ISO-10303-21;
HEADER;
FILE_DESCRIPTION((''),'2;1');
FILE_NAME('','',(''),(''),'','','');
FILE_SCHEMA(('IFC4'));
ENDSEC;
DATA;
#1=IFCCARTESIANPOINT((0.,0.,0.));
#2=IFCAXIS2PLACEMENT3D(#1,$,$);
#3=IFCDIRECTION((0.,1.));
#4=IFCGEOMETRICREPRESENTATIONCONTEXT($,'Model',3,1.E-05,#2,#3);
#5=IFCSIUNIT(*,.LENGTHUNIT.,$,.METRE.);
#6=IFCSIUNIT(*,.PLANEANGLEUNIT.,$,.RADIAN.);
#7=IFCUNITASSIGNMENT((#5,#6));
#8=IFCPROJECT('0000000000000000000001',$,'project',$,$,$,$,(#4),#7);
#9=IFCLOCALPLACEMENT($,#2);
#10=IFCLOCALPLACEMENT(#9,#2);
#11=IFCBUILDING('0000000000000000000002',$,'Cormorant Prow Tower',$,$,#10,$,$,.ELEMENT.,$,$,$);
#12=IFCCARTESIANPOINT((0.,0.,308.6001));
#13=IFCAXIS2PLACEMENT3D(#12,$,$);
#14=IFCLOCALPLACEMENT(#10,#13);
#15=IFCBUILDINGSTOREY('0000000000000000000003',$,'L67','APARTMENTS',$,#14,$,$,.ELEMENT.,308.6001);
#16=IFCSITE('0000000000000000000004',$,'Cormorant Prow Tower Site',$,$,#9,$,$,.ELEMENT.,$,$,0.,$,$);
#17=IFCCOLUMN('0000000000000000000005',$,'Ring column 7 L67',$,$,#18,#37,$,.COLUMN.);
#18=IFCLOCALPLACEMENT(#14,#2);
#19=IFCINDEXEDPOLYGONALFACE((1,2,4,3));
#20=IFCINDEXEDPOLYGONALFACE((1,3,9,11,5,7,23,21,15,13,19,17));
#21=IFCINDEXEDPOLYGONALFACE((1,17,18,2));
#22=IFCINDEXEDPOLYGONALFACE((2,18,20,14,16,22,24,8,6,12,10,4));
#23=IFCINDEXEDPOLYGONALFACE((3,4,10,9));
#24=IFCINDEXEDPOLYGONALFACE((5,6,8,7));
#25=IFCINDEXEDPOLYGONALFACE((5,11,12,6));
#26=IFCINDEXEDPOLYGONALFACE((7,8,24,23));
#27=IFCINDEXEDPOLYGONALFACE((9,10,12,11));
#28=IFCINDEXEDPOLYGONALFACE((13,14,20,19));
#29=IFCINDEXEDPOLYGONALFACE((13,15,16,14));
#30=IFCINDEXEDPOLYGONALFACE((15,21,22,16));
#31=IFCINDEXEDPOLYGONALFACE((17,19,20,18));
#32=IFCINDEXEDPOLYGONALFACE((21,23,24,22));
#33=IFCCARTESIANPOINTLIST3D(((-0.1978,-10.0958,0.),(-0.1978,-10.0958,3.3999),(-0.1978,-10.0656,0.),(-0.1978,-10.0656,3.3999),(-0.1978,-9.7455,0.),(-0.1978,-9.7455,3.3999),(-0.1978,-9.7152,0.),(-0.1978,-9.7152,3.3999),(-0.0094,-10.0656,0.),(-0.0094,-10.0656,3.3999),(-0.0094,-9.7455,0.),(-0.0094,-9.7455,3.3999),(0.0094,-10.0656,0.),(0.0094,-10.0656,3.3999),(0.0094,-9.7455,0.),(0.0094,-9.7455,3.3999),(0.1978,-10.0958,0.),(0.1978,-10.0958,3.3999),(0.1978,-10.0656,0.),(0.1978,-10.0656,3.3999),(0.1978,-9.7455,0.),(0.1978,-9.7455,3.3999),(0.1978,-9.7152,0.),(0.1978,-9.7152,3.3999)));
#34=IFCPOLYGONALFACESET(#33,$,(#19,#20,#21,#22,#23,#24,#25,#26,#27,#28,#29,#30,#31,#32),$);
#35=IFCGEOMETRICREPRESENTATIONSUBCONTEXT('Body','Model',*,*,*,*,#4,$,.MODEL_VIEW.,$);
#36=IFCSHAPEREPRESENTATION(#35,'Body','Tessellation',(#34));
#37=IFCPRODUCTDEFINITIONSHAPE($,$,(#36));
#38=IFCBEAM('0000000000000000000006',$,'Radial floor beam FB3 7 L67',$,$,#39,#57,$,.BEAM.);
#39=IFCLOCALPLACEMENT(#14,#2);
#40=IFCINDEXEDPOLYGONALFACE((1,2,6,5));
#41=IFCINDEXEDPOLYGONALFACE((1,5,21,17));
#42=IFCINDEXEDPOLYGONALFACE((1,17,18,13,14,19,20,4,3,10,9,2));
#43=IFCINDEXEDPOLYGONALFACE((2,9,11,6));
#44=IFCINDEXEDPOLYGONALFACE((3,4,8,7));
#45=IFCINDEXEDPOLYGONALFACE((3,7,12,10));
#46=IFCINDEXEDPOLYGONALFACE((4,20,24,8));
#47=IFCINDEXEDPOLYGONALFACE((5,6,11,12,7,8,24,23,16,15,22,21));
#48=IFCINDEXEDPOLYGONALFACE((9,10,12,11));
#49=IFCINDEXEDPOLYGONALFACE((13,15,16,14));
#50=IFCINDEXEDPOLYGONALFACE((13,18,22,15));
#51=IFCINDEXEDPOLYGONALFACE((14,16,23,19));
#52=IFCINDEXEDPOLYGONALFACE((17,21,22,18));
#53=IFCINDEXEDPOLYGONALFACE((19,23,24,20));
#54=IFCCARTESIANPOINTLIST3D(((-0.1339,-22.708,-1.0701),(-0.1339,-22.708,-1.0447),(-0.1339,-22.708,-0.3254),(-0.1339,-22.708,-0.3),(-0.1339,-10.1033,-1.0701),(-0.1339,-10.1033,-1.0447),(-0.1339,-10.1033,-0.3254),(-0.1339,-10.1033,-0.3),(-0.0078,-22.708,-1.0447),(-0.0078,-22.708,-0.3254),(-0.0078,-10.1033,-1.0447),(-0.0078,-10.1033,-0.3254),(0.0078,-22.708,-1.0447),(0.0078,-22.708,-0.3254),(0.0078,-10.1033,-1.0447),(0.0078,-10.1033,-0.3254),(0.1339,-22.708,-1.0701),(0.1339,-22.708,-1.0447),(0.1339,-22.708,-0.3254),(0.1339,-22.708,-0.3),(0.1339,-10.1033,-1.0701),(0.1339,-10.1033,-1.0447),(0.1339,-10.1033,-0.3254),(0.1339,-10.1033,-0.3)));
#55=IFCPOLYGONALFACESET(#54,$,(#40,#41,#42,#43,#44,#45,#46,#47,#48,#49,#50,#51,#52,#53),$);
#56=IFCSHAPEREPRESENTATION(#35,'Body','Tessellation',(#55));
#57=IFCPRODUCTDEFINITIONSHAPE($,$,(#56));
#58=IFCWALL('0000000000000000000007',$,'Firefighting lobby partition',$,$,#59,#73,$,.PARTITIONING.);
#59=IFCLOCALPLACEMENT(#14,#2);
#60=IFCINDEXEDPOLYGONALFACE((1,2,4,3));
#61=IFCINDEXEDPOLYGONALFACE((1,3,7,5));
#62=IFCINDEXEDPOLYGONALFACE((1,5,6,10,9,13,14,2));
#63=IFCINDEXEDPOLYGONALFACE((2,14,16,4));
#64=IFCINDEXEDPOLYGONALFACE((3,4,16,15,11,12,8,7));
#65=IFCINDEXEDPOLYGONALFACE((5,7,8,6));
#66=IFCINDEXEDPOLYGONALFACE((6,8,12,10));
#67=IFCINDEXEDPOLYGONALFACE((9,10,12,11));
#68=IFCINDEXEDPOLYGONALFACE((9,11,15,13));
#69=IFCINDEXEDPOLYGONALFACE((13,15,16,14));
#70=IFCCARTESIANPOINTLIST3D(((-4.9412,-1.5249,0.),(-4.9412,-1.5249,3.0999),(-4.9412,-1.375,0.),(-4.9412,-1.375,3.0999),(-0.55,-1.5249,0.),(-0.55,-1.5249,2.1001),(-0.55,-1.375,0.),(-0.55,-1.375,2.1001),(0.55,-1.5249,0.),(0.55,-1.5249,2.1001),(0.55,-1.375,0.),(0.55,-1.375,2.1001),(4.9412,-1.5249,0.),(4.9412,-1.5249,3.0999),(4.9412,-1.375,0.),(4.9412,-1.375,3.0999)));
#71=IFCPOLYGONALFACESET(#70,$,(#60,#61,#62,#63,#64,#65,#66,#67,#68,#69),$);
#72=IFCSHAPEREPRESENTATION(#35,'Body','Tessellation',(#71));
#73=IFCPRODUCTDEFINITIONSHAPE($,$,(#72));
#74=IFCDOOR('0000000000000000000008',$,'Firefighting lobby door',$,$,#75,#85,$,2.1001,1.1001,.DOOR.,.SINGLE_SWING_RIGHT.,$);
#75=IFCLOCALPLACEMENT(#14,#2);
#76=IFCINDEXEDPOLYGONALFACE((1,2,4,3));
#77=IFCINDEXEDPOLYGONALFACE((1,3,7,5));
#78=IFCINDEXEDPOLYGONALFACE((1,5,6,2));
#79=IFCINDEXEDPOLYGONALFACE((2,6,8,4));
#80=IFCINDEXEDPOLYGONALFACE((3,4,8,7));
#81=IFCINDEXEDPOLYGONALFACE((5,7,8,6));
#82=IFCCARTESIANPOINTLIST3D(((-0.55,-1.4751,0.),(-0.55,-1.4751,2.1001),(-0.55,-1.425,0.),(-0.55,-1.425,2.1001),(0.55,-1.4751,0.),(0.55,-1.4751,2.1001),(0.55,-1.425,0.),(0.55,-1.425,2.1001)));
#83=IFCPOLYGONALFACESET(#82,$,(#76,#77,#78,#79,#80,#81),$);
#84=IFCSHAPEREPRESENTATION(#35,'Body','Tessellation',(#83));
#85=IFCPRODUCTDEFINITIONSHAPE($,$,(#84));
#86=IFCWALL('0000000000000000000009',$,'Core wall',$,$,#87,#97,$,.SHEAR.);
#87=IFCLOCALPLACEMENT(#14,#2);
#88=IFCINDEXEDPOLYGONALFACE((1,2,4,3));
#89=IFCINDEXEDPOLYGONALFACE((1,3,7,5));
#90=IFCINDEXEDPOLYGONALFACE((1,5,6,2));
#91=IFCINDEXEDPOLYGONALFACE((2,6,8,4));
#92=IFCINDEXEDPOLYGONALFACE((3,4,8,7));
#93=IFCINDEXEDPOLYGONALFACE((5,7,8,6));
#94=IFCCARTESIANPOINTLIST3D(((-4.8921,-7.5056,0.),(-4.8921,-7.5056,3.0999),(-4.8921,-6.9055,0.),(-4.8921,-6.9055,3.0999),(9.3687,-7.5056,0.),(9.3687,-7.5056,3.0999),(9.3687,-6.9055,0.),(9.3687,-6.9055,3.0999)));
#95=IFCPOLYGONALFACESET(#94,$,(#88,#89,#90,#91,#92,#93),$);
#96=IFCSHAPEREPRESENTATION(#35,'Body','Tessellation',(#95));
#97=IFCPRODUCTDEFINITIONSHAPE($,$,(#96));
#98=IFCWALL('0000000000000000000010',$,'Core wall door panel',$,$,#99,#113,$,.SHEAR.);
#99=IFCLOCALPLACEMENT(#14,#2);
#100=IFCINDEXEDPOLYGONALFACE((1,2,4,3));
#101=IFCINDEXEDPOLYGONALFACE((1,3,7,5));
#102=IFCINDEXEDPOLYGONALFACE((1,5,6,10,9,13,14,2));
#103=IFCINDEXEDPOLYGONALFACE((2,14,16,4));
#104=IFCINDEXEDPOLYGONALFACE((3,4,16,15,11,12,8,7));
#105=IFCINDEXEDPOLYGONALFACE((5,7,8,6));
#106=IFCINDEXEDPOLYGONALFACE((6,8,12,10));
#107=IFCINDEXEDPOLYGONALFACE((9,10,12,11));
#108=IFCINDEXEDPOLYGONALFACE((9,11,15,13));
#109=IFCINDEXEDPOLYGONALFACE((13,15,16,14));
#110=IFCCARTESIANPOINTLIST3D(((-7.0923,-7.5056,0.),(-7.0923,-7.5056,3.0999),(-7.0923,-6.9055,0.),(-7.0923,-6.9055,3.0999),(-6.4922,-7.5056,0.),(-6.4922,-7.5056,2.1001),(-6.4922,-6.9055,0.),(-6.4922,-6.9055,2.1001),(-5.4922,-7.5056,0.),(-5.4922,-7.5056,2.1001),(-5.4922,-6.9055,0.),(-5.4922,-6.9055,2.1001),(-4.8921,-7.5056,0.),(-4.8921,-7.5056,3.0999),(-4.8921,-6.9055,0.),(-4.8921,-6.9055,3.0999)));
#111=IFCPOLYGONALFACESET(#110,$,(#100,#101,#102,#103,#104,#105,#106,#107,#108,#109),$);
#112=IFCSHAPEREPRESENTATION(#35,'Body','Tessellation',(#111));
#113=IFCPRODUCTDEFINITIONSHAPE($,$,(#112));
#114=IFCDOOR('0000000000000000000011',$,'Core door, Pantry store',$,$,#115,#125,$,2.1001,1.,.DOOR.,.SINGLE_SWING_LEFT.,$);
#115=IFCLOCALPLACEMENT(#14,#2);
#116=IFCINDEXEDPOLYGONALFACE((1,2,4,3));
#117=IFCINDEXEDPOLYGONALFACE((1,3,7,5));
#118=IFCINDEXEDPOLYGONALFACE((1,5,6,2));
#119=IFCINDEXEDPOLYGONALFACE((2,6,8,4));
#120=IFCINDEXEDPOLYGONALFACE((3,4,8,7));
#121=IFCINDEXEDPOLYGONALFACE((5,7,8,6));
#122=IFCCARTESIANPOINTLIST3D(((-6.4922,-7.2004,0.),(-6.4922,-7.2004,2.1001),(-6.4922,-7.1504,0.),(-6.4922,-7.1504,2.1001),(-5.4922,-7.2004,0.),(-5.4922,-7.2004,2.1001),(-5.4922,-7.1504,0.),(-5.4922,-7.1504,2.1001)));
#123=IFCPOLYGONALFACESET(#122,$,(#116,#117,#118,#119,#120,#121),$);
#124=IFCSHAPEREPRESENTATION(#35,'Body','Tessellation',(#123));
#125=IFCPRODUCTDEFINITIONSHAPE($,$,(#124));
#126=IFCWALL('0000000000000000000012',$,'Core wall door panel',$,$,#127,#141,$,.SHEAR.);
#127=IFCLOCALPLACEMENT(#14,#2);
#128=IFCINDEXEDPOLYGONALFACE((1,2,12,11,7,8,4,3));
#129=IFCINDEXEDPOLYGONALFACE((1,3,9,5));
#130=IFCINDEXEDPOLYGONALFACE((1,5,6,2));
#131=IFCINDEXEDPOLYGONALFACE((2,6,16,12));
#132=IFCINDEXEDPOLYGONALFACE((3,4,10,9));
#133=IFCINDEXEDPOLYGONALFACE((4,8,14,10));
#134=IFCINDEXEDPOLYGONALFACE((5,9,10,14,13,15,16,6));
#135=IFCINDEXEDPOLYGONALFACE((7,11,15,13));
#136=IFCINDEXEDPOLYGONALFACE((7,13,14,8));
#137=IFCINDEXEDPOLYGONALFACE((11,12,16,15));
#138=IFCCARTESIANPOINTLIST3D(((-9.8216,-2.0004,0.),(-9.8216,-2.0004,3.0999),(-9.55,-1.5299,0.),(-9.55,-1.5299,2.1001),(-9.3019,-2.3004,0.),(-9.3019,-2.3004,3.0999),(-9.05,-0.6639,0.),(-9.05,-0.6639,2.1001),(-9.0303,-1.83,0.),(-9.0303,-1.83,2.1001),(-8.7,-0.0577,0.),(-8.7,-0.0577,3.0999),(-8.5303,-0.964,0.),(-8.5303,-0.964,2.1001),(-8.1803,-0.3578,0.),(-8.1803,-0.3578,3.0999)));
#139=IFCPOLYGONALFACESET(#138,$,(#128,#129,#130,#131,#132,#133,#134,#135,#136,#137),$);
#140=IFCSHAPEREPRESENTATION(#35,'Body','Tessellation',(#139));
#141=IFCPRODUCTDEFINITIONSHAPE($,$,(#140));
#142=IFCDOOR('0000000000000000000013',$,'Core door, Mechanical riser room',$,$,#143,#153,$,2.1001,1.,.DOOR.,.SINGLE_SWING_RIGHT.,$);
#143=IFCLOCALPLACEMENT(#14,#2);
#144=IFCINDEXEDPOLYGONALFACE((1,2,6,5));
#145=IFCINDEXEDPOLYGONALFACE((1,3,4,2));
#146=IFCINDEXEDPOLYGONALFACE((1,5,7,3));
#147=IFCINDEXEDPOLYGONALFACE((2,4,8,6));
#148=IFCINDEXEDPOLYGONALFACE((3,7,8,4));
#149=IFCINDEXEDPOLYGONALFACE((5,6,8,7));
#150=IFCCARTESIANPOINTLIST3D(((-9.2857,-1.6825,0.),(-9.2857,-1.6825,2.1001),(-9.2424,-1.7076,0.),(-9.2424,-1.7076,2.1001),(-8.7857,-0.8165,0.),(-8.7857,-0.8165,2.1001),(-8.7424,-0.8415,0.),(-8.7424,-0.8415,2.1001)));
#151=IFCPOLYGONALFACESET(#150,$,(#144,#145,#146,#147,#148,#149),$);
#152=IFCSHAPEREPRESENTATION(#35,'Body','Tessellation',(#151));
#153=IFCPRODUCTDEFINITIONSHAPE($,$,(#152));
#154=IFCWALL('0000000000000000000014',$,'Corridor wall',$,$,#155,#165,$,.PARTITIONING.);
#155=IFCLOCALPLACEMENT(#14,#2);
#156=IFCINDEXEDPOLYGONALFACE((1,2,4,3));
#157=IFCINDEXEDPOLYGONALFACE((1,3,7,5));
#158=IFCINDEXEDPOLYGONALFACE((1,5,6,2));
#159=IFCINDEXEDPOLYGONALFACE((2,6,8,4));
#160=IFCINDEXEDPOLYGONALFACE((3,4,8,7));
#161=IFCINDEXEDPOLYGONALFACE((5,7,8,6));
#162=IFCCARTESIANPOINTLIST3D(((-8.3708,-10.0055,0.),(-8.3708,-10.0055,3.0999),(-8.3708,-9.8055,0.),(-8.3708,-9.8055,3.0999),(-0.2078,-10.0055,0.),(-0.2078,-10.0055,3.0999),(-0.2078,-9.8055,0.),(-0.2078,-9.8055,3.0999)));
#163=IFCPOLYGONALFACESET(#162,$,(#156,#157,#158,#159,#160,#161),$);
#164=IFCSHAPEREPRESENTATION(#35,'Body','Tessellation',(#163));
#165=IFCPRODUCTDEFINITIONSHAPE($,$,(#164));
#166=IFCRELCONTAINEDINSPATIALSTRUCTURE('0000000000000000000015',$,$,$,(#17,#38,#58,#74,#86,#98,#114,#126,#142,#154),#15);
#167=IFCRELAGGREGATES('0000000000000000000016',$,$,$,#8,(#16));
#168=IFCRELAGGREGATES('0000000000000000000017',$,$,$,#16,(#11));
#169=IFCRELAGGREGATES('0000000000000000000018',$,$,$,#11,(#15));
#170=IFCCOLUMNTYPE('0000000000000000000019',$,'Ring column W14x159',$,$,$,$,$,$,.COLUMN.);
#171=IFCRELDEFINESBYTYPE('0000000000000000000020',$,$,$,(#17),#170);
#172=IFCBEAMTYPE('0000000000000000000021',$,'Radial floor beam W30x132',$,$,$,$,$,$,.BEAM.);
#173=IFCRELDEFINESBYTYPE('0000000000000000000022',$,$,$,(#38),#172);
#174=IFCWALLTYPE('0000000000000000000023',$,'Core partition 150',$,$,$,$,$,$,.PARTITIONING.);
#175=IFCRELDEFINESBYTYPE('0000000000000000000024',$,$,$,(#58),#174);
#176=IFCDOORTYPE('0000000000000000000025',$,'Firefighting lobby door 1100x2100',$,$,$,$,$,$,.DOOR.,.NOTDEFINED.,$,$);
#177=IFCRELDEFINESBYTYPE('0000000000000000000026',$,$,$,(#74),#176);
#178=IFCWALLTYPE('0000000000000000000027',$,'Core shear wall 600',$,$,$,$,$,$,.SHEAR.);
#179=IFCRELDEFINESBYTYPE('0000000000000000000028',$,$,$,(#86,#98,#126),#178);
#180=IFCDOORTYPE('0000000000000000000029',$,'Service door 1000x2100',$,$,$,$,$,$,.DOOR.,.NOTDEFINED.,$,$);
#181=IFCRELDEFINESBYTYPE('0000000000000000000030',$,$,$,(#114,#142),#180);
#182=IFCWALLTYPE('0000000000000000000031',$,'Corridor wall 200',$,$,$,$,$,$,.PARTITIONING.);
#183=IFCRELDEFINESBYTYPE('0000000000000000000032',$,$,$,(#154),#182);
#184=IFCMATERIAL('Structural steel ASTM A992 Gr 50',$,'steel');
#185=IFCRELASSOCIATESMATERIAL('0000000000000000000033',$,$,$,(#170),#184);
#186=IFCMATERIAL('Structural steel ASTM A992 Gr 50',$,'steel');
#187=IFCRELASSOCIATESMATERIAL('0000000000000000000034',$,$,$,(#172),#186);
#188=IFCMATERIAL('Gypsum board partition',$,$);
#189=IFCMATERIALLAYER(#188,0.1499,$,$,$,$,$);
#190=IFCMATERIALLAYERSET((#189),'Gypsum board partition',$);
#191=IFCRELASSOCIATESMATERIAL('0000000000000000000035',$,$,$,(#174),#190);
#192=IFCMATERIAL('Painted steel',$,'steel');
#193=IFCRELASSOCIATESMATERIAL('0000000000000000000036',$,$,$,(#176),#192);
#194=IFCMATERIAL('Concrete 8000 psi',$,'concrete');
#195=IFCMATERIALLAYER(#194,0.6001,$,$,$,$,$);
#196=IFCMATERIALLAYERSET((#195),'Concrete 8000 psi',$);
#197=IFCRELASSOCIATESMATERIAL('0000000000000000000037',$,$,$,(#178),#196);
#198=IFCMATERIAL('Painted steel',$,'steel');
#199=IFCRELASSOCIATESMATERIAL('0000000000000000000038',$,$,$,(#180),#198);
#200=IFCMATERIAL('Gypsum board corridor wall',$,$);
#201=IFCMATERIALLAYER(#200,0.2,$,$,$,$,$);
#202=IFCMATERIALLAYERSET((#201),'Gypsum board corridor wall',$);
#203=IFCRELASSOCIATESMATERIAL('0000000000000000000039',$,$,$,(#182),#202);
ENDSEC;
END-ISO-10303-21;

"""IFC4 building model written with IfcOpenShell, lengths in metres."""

from ifc_helpers import new_model, si_unit, direction, frame, frame_2d, origin, origin_2d, place, context, subcontext, project, spatial, rectangle, i_section, extrude, material, layer, layer_set, material_profile, profile_set, type_object, element, fill, save


model = new_model("IFC4")

# Units and contexts
model_context = context("Model", 3, precision=1e-05, world=origin(), true_north=direction((0.0, 1.0)))
body_context = subcontext(model_context, "Body", "Model", "MODEL_VIEW")
ifc_project = project(units=[si_unit("LENGTHUNIT", "METRE"), si_unit("PLANEANGLEUNIT", "RADIAN")], contexts=[model_context])

# Site, building, storey
site_placement = place(None, origin())
site = spatial("IfcSite", under=ifc_project, at=site_placement, Name="Cormorant Prow Tower Site", CompositionType="ELEMENT", RefElevation=0.0)
building_placement = place(site_placement, origin())
building = spatial("IfcBuilding", under=site, at=building_placement, Name="Cormorant Prow Tower", CompositionType="ELEMENT")
storey_placement = place(building_placement, frame((0.0, 0.0, 308.6001)))
storey = spatial("IfcBuildingStorey", under=building, at=storey_placement, Name="L67", Description="APARTMENTS", CompositionType="ELEMENT", Elevation=308.6001)

# Column
ifc_material_1 = material(Name="Structural steel ASTM A992 Gr 50", Category="steel")
ifc_material_profile_1 = material_profile(ifc_material_1, i_section(OverallWidth=0.3955, OverallDepth=0.3806, WebThickness=0.0188, FlangeThickness=0.0303, at=origin_2d()), Name="W14x159")
ifc_profile_set_1 = profile_set([ifc_material_profile_1], Name="Structural steel ASTM A992 Gr 50")
column_type = type_object("IfcColumnType", Name="Ring column W14x159", PredefinedType="COLUMN", material=ifc_profile_set_1)
column_placement = place(storey_placement, frame((0.0, -9.9055, 0.0), z_axis=(0.0, 0.0, 1.0), x_axis=(1.0, 0.0, 0.0)))
element("IfcColumn", 1, at=column_placement, inside=storey, type_object=column_type, Name="Ring column 7 L67", PredefinedType="COLUMN", context=body_context, shape_type="SweptSolid", body=[
    extrude(i_section(OverallWidth=0.3955, OverallDepth=0.3806, WebThickness=0.0188, FlangeThickness=0.0303, at=origin_2d()), origin(), (0.0, 0.0, 1.0), 3.3999),
])

# Beam
ifc_material_2 = material(Name="Structural steel ASTM A992 Gr 50", Category="steel")
ifc_material_profile_2 = material_profile(ifc_material_2, i_section(OverallWidth=0.2678, OverallDepth=0.77, WebThickness=0.0156, FlangeThickness=0.0254, at=origin_2d()), Name="W30x132")
ifc_profile_set_2 = profile_set([ifc_material_profile_2], Name="Structural steel ASTM A992 Gr 50")
beam_type = type_object("IfcBeamType", Name="Radial floor beam W30x132", PredefinedType="BEAM", material=ifc_profile_set_2)
beam_placement = place(storey_placement, frame((0.0, -10.1033, -0.6851), z_axis=(0.0, -1.0, 0.0), x_axis=(1.0, 0.0, 0.0)))
element("IfcBeam", 2, at=beam_placement, inside=storey, type_object=beam_type, Name="Radial floor beam FB3 7 L67", PredefinedType="BEAM", context=body_context, shape_type="SweptSolid", body=[
    extrude(i_section(OverallWidth=0.2678, OverallDepth=0.77, WebThickness=0.0156, FlangeThickness=0.0254, at=origin_2d()), origin(), (0.0, 0.0, 1.0), 12.6047),
])

# Wall, opening, door
ifc_material_3 = material(Name="Gypsum board partition")
ifc_layer_1 = layer(ifc_material_3, 0.1499)
ifc_layer_set_1 = layer_set([ifc_layer_1], Name="Gypsum board partition")
wall_type_1 = type_object("IfcWallType", Name="Core partition 150", PredefinedType="PARTITIONING", material=ifc_layer_set_1)
wall_1_placement = place(storey_placement, frame((-4.9412, -1.45, 0.0), z_axis=(0.0, 0.0, 1.0), x_axis=(1.0, 0.0, 0.0)))
wall_1 = element("IfcWall", 3, at=wall_1_placement, inside=storey, type_object=wall_type_1, Name="Firefighting lobby partition", PredefinedType="PARTITIONING", context=body_context, shape_type="SweptSolid", body=[
    extrude(rectangle(XDim=9.8823, YDim=0.1499, at=frame_2d((4.9412, 0.0))), origin(), (0.0, 0.0, 1.0), 3.0999),
])
opening_1_placement = place(wall_1_placement, frame((4.3911, 0.0, 0.0)))
opening_1 = element("IfcOpeningElement", 4, at=opening_1_placement, cuts=wall_1, PredefinedType="OPENING", context=body_context, shape_type="SweptSolid", body=[
    extrude(rectangle(XDim=1.1001, YDim=2.1001, at=frame_2d((0.55, 1.05))), frame((0.0, 0.085, 0.0), z_axis=(0.0, -1.0, 0.0), x_axis=(1.0, 0.0, 0.0)), (0.0, 0.0, 1.0), 0.1699),
])
ifc_material_4 = material(Name="Painted steel", Category="steel")
door_type_1 = type_object("IfcDoorType", Name="Firefighting lobby door 1100x2100", OperationType="NOTDEFINED", PredefinedType="DOOR", material=ifc_material_4)
door_1_placement = place(opening_1_placement, origin())
door_1 = element("IfcDoor", 5, at=door_1_placement, inside=storey, type_object=door_type_1, Name="Firefighting lobby door", OperationType="SINGLE_SWING_RIGHT", OverallHeight=2.1001, OverallWidth=1.1001, PredefinedType="DOOR", context=body_context, shape_type="SweptSolid", body=[
    extrude(rectangle(XDim=1.1001, YDim=2.1001, at=frame_2d((0.55, 1.05))), frame((0.0, 0.0249, 0.0), z_axis=(0.0, -1.0, 0.0), x_axis=(1.0, 0.0, 0.0)), (0.0, 0.0, 1.0), 0.05),
])
fill(opening_1, door_1)

# Wall
ifc_material_5 = material(Name="Concrete 8000 psi", Category="concrete")
ifc_layer_2 = layer(ifc_material_5, 0.6001)
ifc_layer_set_2 = layer_set([ifc_layer_2], Name="Concrete 8000 psi")
wall_type_2 = type_object("IfcWallType", Name="Core shear wall 600", PredefinedType="SHEAR", material=ifc_layer_set_2)
wall_2_placement = place(storey_placement, frame((-4.8921, -7.2056, 0.0), z_axis=(0.0, 0.0, 1.0), x_axis=(1.0, 0.0, 0.0)))
element("IfcWall", 6, at=wall_2_placement, inside=storey, type_object=wall_type_2, Name="Core wall", PredefinedType="SHEAR", context=body_context, shape_type="SweptSolid", body=[
    extrude(rectangle(XDim=14.2607, YDim=0.6001, at=frame_2d((7.1304, 0.0))), origin(), (0.0, 0.0, 1.0), 3.0999),
])

# Walls, openings, doors
wall_3_placement = place(storey_placement, frame((-7.0923, -7.2056, 0.0), z_axis=(0.0, 0.0, 1.0), x_axis=(1.0, 0.0, 0.0)))
wall_3 = element("IfcWall", 7, at=wall_3_placement, inside=storey, type_object=wall_type_2, Name="Core wall door panel", PredefinedType="SHEAR", context=body_context, shape_type="SweptSolid", body=[
    extrude(rectangle(XDim=2.2002, YDim=0.6001, at=frame_2d((1.1001, 0.0))), origin(), (0.0, 0.0, 1.0), 3.0999),
])
opening_2_placement = place(wall_3_placement, frame((0.6001, 0.0, 0.0)))
opening_2 = element("IfcOpeningElement", 8, at=opening_2_placement, cuts=wall_3, PredefinedType="OPENING", context=body_context, shape_type="SweptSolid", body=[
    extrude(rectangle(XDim=1.0, YDim=2.1001, at=frame_2d((0.5, 1.05))), frame((0.0, 0.3101, 0.0), z_axis=(0.0, -1.0, 0.0), x_axis=(1.0, 0.0, 0.0)), (0.0, 0.0, 1.0), 0.6201),
])
ifc_material_6 = material(Name="Painted steel", Category="steel")
door_type_2 = type_object("IfcDoorType", Name="Service door 1000x2100", OperationType="NOTDEFINED", PredefinedType="DOOR", material=ifc_material_6)
door_2_placement = place(opening_2_placement, origin())
door_2 = element("IfcDoor", 9, at=door_2_placement, inside=storey, type_object=door_type_2, Name="Core door, Pantry store", OperationType="SINGLE_SWING_LEFT", OverallHeight=2.1001, OverallWidth=1.0, PredefinedType="DOOR", context=body_context, shape_type="SweptSolid", body=[
    extrude(rectangle(XDim=1.0, YDim=2.1001, at=frame_2d((0.5, 1.05))), frame((0.0, 0.0552, 0.0), z_axis=(0.0, -1.0, 0.0), x_axis=(1.0, 0.0, 0.0)), (0.0, 0.0, 1.0), 0.05),
])
fill(opening_2, door_2)
wall_4_placement = place(storey_placement, frame((-8.4402, -0.2078, 0.0), z_axis=(0.0, 0.0, 1.0), x_axis=(-0.500002, -0.866024, 0.0)))
wall_4 = element("IfcWall", 10, at=wall_4_placement, inside=storey, type_object=wall_type_2, Name="Core wall door panel", PredefinedType="SHEAR", context=body_context, shape_type="SweptSolid", body=[
    extrude(rectangle(XDim=2.2432, YDim=0.6001, at=frame_2d((1.1216, 0.0))), origin(), (0.0, 0.0, 1.0), 3.0999),
])
opening_3_placement = place(wall_4_placement, frame((0.7, 0.0, 0.0)))
opening_3 = element("IfcOpeningElement", 11, at=opening_3_placement, cuts=wall_4, PredefinedType="OPENING", context=body_context, shape_type="SweptSolid", body=[
    extrude(rectangle(XDim=1.0, YDim=2.1001, at=frame_2d((0.5, 1.05))), frame((0.0, 0.3101, 0.0), z_axis=(0.0, -1.0, 0.0), x_axis=(1.0, 0.0, 0.0)), (0.0, 0.0, 1.0), 0.6201),
])
door_3_placement = place(opening_3_placement, origin())
door_3 = element("IfcDoor", 12, at=door_3_placement, inside=storey, type_object=door_type_2, Name="Core door, Mechanical riser room", OperationType="SINGLE_SWING_RIGHT", OverallHeight=2.1001, OverallWidth=1.0, PredefinedType="DOOR", context=body_context, shape_type="SweptSolid", body=[
    extrude(rectangle(XDim=1.0, YDim=2.1001, at=frame_2d((0.5, 1.05))), frame((0.0, 0.0552, 0.0), z_axis=(0.0, -1.0, 0.0), x_axis=(1.0, 0.0, 0.0)), (0.0, 0.0, 1.0), 0.05),
])
fill(opening_3, door_3)

# Wall
ifc_material_7 = material(Name="Gypsum board corridor wall")
ifc_layer_3 = layer(ifc_material_7, 0.2)
ifc_layer_set_3 = layer_set([ifc_layer_3], Name="Gypsum board corridor wall")
wall_type_3 = type_object("IfcWallType", Name="Corridor wall 200", PredefinedType="PARTITIONING", material=ifc_layer_set_3)
wall_5_placement = place(storey_placement, frame((-8.3708, -9.9055, 0.0), z_axis=(0.0, 0.0, 1.0), x_axis=(1.0, 0.0, 0.0)))
element("IfcWall", 13, at=wall_5_placement, inside=storey, type_object=wall_type_3, Name="Corridor wall", PredefinedType="PARTITIONING", context=body_context, shape_type="SweptSolid", body=[
    extrude(rectangle(XDim=8.1631, YDim=0.2, at=frame_2d((4.0815, 0.0))), origin(), (0.0, 0.0, 1.0), 3.0999),
])

save(model, "model.ifc")
